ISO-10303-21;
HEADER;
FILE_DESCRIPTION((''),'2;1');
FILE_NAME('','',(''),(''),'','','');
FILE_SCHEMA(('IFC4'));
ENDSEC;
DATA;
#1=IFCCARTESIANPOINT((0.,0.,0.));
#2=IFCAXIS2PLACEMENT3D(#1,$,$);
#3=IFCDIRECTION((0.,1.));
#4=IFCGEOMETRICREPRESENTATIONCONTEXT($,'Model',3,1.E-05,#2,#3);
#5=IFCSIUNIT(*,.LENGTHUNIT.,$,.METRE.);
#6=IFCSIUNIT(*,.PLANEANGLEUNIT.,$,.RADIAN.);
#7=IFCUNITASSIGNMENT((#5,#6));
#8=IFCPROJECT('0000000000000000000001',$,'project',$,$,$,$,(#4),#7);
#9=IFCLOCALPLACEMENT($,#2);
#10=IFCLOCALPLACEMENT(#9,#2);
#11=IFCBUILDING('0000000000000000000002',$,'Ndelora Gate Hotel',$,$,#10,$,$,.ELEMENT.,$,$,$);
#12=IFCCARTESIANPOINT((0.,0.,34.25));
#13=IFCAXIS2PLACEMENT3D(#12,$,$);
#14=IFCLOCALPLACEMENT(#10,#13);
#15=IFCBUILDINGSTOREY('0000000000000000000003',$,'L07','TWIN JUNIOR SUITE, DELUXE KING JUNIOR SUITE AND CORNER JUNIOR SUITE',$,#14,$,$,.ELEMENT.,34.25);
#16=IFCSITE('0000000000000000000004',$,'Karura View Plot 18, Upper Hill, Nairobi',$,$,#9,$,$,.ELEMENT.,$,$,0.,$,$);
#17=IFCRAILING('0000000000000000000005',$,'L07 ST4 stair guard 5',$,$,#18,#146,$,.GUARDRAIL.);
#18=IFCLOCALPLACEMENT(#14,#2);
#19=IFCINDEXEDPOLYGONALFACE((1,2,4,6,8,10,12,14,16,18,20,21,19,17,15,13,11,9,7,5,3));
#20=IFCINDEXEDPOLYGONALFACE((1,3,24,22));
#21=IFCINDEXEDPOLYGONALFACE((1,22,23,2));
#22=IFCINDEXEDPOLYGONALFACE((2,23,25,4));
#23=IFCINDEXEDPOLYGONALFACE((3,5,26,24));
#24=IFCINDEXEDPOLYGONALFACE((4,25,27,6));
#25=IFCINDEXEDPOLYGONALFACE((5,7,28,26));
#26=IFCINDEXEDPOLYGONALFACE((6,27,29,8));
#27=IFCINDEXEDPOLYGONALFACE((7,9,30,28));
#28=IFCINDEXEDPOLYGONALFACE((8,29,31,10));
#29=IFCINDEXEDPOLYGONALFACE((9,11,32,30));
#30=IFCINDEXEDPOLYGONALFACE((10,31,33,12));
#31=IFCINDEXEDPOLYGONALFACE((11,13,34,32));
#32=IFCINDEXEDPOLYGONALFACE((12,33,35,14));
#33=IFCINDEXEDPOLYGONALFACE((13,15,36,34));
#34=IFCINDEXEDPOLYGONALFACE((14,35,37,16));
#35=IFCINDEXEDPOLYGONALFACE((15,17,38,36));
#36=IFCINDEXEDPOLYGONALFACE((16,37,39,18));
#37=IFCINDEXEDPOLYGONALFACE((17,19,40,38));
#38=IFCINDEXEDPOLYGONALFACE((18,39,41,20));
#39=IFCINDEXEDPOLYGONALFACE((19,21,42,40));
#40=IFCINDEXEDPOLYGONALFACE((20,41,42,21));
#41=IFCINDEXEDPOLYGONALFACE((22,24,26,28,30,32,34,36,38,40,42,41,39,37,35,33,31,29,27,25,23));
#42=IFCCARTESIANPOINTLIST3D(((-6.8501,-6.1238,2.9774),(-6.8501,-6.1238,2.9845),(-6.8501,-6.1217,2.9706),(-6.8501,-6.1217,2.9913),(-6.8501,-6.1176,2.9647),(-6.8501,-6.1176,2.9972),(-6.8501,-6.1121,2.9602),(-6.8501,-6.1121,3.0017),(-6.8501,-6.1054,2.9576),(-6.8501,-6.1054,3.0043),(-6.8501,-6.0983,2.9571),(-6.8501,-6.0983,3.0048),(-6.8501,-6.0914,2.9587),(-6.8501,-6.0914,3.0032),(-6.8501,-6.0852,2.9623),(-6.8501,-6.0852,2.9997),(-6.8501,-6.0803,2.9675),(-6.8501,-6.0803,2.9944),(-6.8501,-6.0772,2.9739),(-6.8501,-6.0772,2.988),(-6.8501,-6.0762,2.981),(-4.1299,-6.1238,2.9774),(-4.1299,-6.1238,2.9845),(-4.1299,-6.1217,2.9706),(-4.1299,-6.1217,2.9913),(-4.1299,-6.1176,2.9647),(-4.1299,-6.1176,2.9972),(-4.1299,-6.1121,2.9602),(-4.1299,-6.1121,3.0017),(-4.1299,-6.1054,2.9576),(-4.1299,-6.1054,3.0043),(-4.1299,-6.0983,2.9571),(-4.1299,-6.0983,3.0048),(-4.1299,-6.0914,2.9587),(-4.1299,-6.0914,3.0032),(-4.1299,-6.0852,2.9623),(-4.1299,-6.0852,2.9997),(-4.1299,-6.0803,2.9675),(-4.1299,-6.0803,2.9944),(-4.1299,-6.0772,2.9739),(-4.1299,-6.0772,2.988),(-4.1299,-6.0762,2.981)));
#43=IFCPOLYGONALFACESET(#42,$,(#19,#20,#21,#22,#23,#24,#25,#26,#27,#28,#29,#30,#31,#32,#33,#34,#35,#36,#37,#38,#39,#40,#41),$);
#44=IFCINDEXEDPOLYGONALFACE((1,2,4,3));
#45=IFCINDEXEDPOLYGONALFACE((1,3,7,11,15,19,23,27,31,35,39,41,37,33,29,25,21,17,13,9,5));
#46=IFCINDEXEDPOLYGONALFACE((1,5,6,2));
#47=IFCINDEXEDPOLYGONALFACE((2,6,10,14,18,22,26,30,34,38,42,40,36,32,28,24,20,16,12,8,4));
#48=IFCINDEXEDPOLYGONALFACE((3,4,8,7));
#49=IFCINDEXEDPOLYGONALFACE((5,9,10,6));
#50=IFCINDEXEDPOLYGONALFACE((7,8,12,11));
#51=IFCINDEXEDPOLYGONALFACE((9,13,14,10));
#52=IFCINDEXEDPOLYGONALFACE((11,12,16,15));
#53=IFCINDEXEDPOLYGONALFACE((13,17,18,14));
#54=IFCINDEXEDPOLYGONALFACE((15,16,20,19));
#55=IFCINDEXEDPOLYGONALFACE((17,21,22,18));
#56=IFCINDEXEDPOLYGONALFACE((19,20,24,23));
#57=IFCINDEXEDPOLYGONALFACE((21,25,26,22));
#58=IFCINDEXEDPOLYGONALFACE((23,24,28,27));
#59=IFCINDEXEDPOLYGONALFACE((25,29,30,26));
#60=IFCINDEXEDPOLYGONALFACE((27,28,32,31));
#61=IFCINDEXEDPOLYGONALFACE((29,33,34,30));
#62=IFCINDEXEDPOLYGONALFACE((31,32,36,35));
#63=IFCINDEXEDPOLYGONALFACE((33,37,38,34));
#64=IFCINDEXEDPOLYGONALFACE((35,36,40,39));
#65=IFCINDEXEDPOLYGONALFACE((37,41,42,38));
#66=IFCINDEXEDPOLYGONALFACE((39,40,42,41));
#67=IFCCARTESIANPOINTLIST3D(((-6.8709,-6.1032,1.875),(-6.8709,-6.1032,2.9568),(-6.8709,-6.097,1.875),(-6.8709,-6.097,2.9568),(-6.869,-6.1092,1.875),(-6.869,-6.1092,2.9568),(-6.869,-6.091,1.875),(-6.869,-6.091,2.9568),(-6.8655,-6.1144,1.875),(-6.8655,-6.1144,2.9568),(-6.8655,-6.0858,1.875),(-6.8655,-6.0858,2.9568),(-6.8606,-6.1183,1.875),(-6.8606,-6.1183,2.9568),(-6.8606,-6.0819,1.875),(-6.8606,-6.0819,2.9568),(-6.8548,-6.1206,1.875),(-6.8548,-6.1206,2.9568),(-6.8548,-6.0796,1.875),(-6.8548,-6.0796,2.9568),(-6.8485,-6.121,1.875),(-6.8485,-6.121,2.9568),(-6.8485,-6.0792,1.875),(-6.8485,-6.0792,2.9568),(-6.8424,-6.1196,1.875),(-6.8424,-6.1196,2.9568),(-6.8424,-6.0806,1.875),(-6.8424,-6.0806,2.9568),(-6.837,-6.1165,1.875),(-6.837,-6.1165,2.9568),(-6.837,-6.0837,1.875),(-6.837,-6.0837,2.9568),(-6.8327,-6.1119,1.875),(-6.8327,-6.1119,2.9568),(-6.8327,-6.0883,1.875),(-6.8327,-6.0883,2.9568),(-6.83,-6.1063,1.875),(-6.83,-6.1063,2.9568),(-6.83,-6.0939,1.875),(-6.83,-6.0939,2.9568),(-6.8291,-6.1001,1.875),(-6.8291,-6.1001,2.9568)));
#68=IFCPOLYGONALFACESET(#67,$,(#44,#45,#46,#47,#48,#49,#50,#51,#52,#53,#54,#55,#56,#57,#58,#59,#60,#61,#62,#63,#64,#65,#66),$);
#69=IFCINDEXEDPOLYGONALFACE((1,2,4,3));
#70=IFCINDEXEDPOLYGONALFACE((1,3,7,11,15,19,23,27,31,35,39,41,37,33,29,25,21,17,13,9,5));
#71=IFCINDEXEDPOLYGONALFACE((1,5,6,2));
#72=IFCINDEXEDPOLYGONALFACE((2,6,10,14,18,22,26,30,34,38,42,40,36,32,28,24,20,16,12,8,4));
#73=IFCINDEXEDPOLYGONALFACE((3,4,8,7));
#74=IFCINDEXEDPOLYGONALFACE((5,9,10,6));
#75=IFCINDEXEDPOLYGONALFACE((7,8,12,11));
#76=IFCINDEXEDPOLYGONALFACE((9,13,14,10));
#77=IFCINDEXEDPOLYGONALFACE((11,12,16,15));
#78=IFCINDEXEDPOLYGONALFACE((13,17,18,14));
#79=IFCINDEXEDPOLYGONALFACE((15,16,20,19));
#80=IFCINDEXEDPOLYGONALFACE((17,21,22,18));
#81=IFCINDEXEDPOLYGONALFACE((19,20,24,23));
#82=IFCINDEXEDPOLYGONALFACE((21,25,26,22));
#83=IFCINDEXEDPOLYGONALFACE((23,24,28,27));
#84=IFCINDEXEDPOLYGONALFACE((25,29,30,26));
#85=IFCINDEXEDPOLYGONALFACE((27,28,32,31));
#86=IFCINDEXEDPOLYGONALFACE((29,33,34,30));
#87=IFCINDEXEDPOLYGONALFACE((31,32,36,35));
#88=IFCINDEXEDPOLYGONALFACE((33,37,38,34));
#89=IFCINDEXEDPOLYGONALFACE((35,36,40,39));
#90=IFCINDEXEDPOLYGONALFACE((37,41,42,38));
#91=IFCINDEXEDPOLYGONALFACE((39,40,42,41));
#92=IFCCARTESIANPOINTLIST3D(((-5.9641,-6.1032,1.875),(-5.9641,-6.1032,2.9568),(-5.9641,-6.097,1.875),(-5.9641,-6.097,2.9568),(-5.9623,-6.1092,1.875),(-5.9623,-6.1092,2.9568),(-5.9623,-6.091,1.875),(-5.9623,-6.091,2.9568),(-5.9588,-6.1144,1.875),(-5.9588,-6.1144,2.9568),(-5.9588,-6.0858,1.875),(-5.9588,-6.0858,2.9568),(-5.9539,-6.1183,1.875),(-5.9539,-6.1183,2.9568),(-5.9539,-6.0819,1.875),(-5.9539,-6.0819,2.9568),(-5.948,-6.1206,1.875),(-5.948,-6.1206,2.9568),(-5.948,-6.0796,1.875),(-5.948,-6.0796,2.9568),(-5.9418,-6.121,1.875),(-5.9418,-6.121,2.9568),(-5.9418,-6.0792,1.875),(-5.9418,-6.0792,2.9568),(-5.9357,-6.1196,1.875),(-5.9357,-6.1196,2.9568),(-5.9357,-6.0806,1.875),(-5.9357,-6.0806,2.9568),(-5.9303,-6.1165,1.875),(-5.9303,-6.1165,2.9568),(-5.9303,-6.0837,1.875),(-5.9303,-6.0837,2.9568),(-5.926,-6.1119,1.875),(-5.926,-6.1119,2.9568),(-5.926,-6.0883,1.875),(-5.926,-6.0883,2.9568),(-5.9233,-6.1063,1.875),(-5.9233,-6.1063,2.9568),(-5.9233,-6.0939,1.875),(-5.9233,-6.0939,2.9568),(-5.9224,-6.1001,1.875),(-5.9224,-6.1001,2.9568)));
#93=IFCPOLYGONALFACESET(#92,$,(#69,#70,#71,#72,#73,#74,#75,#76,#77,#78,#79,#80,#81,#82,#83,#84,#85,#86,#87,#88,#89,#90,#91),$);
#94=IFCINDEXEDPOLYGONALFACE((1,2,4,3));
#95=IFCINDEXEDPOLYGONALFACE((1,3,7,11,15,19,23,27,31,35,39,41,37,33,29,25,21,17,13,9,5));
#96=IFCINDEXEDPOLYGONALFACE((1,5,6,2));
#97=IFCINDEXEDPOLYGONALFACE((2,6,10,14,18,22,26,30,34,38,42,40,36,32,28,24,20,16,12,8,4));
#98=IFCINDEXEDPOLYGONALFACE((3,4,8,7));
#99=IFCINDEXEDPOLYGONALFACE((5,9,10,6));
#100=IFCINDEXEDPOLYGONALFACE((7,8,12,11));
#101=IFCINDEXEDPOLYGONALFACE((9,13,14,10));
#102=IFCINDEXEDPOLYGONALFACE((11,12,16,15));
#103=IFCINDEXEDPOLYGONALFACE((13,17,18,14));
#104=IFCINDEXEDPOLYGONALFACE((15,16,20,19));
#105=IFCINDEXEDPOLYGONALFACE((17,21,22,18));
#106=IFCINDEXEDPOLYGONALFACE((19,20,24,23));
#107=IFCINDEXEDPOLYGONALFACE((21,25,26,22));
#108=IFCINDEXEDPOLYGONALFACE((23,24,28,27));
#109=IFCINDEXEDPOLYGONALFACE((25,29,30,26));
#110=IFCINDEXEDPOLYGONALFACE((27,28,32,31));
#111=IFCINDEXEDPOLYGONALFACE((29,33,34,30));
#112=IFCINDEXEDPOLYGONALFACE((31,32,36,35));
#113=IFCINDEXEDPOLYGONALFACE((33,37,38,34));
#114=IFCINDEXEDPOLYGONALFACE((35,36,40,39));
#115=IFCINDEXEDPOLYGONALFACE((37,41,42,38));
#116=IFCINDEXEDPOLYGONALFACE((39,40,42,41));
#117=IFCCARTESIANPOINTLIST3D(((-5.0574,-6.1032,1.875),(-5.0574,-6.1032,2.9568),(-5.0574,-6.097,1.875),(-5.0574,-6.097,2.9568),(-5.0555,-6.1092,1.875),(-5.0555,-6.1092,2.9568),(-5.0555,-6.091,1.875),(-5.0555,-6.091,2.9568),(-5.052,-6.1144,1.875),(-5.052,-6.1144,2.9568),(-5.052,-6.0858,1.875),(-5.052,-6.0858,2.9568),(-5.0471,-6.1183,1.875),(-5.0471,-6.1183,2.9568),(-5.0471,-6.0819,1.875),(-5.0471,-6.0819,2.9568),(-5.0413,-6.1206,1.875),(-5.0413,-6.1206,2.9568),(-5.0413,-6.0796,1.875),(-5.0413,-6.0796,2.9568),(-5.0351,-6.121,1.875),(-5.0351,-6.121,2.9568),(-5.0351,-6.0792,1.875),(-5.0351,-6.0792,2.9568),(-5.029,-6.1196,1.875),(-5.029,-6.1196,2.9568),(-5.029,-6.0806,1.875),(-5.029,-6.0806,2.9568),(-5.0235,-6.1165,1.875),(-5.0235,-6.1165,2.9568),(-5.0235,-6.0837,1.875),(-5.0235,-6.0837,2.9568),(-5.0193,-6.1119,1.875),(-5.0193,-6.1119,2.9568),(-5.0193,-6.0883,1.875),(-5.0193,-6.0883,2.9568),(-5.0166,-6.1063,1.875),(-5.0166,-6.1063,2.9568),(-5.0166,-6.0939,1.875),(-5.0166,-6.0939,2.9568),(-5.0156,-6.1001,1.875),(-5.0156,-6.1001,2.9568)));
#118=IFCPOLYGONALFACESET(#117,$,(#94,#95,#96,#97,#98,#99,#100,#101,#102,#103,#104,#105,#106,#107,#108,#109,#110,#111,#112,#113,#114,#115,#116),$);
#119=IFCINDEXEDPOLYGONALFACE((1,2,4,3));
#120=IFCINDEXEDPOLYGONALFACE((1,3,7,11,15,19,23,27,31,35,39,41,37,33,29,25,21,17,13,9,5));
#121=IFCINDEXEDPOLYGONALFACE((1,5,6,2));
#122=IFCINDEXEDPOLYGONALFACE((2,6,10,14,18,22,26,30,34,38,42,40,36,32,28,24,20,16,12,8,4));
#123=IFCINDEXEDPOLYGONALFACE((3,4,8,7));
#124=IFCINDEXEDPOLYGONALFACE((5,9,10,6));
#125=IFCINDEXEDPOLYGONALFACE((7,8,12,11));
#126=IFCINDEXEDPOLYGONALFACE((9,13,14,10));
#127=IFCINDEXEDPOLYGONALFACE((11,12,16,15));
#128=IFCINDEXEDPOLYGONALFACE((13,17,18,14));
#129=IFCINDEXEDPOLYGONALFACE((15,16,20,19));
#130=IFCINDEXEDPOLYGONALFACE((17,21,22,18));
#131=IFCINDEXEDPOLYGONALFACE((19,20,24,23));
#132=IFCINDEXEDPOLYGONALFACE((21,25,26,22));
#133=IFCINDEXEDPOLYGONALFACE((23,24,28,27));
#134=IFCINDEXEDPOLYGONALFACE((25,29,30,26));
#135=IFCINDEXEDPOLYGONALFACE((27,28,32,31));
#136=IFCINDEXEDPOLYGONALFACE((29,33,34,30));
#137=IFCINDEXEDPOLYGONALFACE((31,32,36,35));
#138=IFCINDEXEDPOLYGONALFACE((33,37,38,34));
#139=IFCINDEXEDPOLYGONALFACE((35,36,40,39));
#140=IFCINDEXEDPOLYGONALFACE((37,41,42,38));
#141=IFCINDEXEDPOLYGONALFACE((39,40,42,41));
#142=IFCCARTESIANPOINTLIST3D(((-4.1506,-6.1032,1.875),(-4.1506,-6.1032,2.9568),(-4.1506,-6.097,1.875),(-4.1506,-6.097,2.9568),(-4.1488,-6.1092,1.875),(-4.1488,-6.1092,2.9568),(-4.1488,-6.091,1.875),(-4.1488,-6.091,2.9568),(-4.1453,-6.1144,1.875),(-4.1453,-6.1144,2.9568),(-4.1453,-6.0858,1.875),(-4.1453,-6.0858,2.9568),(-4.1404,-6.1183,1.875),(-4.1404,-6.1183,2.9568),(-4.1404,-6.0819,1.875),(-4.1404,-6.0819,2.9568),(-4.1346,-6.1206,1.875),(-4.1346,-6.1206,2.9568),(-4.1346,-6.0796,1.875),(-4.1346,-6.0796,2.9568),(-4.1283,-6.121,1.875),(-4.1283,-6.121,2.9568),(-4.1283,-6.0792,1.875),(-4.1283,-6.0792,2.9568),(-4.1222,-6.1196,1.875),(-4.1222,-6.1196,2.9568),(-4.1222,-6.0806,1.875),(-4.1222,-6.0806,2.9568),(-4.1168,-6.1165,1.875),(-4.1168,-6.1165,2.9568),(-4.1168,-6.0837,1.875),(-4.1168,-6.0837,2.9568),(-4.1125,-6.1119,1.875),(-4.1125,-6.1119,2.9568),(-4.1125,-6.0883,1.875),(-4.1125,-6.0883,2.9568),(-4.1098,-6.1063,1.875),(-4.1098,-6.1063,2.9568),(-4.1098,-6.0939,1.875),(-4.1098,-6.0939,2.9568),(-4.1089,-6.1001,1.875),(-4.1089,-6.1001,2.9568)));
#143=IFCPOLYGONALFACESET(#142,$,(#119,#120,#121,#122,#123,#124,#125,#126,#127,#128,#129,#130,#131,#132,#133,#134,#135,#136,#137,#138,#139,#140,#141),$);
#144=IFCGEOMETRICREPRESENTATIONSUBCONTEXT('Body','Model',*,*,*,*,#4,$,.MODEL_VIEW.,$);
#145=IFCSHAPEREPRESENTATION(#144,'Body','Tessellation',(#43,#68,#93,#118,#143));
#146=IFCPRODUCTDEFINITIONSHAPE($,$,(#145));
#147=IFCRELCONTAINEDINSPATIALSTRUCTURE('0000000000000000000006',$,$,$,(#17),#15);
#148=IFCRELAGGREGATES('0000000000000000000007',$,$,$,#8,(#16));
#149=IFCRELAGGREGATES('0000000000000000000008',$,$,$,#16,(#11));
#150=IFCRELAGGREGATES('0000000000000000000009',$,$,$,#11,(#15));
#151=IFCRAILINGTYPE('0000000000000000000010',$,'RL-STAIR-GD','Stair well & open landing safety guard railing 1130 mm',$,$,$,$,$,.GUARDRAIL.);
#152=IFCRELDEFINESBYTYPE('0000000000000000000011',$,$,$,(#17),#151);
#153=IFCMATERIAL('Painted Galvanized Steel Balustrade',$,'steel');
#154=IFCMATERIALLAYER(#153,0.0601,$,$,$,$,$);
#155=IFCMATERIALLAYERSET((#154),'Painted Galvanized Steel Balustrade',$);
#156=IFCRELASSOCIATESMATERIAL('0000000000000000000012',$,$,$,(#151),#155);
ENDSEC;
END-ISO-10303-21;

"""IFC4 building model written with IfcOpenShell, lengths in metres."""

from ifc_helpers import new_model, si_unit, direction, frame, origin, origin_2d, place, context, subcontext, project, spatial, circle, extrude, material, layer, layer_set, type_object, element, save


model = new_model("IFC4")

# Units and contexts
model_context = context("Model", 3, precision=1e-05, world=origin(), true_north=direction((0.0, 1.0)))
body_context = subcontext(model_context, "Body", "Model", "MODEL_VIEW")
ifc_project = project(units=[si_unit("LENGTHUNIT", "METRE"), si_unit("PLANEANGLEUNIT", "RADIAN")], contexts=[model_context])

# Site, building, storey
site_placement = place(None, origin())
site = spatial("IfcSite", under=ifc_project, at=site_placement, Name="Karura View Plot 18, Upper Hill, Nairobi", CompositionType="ELEMENT", RefElevation=0.0)
building_placement = place(site_placement, origin())
building = spatial("IfcBuilding", under=site, at=building_placement, Name="Ndelora Gate Hotel", CompositionType="ELEMENT")
storey_placement = place(building_placement, frame((0.0, 0.0, 34.25)))
storey = spatial("IfcBuildingStorey", under=building, at=storey_placement, Name="L07", Description="TWIN JUNIOR SUITE, DELUXE KING JUNIOR SUITE AND CORNER JUNIOR SUITE", CompositionType="ELEMENT", Elevation=34.25)

# Railing
ifc_material_1 = material(Name="Painted Galvanized Steel Balustrade", Category="steel")
ifc_layer_1 = layer(ifc_material_1, 0.0601)
ifc_layer_set_1 = layer_set([ifc_layer_1], Name="Painted Galvanized Steel Balustrade")
railing_type_1 = type_object("IfcRailingType", Name="RL-STAIR-GD", Description="Stair well & open landing safety guard railing 1130 mm", PredefinedType="GUARDRAIL", material=ifc_layer_set_1)
railing_1_placement = place(storey_placement, frame((-6.8501, -6.1001, 1.875)))
element("IfcRailing", 1, at=railing_1_placement, inside=storey, type_object=railing_type_1, Name="L07 ST4 stair guard 5", PredefinedType="GUARDRAIL", context=body_context, shape_type="SweptSolid", body=[
    extrude(circle(Radius=0.0239, at=origin_2d()), frame((0.0, 0.0, 1.106), z_axis=(1.0, 0.0, 0.0), x_axis=(0.0, 1.0, 0.0)), (0.0, 0.0, 1.0), 2.7202),
    extrude(circle(Radius=0.021, at=origin_2d()), origin(), (0.0, 0.0, 1.0), 1.0818),
    extrude(circle(Radius=0.021, at=origin_2d()), frame((0.9067, 0.0, 0.0)), (0.0, 0.0, 1.0), 1.0818),
    extrude(circle(Radius=0.021, at=origin_2d()), frame((1.8135, 0.0, 0.0)), (0.0, 0.0, 1.0), 1.0818),
    extrude(circle(Radius=0.021, at=origin_2d()), frame((2.7202, 0.0, 0.0)), (0.0, 0.0, 1.0), 1.0818),
])

save(model, "model.ifc")
